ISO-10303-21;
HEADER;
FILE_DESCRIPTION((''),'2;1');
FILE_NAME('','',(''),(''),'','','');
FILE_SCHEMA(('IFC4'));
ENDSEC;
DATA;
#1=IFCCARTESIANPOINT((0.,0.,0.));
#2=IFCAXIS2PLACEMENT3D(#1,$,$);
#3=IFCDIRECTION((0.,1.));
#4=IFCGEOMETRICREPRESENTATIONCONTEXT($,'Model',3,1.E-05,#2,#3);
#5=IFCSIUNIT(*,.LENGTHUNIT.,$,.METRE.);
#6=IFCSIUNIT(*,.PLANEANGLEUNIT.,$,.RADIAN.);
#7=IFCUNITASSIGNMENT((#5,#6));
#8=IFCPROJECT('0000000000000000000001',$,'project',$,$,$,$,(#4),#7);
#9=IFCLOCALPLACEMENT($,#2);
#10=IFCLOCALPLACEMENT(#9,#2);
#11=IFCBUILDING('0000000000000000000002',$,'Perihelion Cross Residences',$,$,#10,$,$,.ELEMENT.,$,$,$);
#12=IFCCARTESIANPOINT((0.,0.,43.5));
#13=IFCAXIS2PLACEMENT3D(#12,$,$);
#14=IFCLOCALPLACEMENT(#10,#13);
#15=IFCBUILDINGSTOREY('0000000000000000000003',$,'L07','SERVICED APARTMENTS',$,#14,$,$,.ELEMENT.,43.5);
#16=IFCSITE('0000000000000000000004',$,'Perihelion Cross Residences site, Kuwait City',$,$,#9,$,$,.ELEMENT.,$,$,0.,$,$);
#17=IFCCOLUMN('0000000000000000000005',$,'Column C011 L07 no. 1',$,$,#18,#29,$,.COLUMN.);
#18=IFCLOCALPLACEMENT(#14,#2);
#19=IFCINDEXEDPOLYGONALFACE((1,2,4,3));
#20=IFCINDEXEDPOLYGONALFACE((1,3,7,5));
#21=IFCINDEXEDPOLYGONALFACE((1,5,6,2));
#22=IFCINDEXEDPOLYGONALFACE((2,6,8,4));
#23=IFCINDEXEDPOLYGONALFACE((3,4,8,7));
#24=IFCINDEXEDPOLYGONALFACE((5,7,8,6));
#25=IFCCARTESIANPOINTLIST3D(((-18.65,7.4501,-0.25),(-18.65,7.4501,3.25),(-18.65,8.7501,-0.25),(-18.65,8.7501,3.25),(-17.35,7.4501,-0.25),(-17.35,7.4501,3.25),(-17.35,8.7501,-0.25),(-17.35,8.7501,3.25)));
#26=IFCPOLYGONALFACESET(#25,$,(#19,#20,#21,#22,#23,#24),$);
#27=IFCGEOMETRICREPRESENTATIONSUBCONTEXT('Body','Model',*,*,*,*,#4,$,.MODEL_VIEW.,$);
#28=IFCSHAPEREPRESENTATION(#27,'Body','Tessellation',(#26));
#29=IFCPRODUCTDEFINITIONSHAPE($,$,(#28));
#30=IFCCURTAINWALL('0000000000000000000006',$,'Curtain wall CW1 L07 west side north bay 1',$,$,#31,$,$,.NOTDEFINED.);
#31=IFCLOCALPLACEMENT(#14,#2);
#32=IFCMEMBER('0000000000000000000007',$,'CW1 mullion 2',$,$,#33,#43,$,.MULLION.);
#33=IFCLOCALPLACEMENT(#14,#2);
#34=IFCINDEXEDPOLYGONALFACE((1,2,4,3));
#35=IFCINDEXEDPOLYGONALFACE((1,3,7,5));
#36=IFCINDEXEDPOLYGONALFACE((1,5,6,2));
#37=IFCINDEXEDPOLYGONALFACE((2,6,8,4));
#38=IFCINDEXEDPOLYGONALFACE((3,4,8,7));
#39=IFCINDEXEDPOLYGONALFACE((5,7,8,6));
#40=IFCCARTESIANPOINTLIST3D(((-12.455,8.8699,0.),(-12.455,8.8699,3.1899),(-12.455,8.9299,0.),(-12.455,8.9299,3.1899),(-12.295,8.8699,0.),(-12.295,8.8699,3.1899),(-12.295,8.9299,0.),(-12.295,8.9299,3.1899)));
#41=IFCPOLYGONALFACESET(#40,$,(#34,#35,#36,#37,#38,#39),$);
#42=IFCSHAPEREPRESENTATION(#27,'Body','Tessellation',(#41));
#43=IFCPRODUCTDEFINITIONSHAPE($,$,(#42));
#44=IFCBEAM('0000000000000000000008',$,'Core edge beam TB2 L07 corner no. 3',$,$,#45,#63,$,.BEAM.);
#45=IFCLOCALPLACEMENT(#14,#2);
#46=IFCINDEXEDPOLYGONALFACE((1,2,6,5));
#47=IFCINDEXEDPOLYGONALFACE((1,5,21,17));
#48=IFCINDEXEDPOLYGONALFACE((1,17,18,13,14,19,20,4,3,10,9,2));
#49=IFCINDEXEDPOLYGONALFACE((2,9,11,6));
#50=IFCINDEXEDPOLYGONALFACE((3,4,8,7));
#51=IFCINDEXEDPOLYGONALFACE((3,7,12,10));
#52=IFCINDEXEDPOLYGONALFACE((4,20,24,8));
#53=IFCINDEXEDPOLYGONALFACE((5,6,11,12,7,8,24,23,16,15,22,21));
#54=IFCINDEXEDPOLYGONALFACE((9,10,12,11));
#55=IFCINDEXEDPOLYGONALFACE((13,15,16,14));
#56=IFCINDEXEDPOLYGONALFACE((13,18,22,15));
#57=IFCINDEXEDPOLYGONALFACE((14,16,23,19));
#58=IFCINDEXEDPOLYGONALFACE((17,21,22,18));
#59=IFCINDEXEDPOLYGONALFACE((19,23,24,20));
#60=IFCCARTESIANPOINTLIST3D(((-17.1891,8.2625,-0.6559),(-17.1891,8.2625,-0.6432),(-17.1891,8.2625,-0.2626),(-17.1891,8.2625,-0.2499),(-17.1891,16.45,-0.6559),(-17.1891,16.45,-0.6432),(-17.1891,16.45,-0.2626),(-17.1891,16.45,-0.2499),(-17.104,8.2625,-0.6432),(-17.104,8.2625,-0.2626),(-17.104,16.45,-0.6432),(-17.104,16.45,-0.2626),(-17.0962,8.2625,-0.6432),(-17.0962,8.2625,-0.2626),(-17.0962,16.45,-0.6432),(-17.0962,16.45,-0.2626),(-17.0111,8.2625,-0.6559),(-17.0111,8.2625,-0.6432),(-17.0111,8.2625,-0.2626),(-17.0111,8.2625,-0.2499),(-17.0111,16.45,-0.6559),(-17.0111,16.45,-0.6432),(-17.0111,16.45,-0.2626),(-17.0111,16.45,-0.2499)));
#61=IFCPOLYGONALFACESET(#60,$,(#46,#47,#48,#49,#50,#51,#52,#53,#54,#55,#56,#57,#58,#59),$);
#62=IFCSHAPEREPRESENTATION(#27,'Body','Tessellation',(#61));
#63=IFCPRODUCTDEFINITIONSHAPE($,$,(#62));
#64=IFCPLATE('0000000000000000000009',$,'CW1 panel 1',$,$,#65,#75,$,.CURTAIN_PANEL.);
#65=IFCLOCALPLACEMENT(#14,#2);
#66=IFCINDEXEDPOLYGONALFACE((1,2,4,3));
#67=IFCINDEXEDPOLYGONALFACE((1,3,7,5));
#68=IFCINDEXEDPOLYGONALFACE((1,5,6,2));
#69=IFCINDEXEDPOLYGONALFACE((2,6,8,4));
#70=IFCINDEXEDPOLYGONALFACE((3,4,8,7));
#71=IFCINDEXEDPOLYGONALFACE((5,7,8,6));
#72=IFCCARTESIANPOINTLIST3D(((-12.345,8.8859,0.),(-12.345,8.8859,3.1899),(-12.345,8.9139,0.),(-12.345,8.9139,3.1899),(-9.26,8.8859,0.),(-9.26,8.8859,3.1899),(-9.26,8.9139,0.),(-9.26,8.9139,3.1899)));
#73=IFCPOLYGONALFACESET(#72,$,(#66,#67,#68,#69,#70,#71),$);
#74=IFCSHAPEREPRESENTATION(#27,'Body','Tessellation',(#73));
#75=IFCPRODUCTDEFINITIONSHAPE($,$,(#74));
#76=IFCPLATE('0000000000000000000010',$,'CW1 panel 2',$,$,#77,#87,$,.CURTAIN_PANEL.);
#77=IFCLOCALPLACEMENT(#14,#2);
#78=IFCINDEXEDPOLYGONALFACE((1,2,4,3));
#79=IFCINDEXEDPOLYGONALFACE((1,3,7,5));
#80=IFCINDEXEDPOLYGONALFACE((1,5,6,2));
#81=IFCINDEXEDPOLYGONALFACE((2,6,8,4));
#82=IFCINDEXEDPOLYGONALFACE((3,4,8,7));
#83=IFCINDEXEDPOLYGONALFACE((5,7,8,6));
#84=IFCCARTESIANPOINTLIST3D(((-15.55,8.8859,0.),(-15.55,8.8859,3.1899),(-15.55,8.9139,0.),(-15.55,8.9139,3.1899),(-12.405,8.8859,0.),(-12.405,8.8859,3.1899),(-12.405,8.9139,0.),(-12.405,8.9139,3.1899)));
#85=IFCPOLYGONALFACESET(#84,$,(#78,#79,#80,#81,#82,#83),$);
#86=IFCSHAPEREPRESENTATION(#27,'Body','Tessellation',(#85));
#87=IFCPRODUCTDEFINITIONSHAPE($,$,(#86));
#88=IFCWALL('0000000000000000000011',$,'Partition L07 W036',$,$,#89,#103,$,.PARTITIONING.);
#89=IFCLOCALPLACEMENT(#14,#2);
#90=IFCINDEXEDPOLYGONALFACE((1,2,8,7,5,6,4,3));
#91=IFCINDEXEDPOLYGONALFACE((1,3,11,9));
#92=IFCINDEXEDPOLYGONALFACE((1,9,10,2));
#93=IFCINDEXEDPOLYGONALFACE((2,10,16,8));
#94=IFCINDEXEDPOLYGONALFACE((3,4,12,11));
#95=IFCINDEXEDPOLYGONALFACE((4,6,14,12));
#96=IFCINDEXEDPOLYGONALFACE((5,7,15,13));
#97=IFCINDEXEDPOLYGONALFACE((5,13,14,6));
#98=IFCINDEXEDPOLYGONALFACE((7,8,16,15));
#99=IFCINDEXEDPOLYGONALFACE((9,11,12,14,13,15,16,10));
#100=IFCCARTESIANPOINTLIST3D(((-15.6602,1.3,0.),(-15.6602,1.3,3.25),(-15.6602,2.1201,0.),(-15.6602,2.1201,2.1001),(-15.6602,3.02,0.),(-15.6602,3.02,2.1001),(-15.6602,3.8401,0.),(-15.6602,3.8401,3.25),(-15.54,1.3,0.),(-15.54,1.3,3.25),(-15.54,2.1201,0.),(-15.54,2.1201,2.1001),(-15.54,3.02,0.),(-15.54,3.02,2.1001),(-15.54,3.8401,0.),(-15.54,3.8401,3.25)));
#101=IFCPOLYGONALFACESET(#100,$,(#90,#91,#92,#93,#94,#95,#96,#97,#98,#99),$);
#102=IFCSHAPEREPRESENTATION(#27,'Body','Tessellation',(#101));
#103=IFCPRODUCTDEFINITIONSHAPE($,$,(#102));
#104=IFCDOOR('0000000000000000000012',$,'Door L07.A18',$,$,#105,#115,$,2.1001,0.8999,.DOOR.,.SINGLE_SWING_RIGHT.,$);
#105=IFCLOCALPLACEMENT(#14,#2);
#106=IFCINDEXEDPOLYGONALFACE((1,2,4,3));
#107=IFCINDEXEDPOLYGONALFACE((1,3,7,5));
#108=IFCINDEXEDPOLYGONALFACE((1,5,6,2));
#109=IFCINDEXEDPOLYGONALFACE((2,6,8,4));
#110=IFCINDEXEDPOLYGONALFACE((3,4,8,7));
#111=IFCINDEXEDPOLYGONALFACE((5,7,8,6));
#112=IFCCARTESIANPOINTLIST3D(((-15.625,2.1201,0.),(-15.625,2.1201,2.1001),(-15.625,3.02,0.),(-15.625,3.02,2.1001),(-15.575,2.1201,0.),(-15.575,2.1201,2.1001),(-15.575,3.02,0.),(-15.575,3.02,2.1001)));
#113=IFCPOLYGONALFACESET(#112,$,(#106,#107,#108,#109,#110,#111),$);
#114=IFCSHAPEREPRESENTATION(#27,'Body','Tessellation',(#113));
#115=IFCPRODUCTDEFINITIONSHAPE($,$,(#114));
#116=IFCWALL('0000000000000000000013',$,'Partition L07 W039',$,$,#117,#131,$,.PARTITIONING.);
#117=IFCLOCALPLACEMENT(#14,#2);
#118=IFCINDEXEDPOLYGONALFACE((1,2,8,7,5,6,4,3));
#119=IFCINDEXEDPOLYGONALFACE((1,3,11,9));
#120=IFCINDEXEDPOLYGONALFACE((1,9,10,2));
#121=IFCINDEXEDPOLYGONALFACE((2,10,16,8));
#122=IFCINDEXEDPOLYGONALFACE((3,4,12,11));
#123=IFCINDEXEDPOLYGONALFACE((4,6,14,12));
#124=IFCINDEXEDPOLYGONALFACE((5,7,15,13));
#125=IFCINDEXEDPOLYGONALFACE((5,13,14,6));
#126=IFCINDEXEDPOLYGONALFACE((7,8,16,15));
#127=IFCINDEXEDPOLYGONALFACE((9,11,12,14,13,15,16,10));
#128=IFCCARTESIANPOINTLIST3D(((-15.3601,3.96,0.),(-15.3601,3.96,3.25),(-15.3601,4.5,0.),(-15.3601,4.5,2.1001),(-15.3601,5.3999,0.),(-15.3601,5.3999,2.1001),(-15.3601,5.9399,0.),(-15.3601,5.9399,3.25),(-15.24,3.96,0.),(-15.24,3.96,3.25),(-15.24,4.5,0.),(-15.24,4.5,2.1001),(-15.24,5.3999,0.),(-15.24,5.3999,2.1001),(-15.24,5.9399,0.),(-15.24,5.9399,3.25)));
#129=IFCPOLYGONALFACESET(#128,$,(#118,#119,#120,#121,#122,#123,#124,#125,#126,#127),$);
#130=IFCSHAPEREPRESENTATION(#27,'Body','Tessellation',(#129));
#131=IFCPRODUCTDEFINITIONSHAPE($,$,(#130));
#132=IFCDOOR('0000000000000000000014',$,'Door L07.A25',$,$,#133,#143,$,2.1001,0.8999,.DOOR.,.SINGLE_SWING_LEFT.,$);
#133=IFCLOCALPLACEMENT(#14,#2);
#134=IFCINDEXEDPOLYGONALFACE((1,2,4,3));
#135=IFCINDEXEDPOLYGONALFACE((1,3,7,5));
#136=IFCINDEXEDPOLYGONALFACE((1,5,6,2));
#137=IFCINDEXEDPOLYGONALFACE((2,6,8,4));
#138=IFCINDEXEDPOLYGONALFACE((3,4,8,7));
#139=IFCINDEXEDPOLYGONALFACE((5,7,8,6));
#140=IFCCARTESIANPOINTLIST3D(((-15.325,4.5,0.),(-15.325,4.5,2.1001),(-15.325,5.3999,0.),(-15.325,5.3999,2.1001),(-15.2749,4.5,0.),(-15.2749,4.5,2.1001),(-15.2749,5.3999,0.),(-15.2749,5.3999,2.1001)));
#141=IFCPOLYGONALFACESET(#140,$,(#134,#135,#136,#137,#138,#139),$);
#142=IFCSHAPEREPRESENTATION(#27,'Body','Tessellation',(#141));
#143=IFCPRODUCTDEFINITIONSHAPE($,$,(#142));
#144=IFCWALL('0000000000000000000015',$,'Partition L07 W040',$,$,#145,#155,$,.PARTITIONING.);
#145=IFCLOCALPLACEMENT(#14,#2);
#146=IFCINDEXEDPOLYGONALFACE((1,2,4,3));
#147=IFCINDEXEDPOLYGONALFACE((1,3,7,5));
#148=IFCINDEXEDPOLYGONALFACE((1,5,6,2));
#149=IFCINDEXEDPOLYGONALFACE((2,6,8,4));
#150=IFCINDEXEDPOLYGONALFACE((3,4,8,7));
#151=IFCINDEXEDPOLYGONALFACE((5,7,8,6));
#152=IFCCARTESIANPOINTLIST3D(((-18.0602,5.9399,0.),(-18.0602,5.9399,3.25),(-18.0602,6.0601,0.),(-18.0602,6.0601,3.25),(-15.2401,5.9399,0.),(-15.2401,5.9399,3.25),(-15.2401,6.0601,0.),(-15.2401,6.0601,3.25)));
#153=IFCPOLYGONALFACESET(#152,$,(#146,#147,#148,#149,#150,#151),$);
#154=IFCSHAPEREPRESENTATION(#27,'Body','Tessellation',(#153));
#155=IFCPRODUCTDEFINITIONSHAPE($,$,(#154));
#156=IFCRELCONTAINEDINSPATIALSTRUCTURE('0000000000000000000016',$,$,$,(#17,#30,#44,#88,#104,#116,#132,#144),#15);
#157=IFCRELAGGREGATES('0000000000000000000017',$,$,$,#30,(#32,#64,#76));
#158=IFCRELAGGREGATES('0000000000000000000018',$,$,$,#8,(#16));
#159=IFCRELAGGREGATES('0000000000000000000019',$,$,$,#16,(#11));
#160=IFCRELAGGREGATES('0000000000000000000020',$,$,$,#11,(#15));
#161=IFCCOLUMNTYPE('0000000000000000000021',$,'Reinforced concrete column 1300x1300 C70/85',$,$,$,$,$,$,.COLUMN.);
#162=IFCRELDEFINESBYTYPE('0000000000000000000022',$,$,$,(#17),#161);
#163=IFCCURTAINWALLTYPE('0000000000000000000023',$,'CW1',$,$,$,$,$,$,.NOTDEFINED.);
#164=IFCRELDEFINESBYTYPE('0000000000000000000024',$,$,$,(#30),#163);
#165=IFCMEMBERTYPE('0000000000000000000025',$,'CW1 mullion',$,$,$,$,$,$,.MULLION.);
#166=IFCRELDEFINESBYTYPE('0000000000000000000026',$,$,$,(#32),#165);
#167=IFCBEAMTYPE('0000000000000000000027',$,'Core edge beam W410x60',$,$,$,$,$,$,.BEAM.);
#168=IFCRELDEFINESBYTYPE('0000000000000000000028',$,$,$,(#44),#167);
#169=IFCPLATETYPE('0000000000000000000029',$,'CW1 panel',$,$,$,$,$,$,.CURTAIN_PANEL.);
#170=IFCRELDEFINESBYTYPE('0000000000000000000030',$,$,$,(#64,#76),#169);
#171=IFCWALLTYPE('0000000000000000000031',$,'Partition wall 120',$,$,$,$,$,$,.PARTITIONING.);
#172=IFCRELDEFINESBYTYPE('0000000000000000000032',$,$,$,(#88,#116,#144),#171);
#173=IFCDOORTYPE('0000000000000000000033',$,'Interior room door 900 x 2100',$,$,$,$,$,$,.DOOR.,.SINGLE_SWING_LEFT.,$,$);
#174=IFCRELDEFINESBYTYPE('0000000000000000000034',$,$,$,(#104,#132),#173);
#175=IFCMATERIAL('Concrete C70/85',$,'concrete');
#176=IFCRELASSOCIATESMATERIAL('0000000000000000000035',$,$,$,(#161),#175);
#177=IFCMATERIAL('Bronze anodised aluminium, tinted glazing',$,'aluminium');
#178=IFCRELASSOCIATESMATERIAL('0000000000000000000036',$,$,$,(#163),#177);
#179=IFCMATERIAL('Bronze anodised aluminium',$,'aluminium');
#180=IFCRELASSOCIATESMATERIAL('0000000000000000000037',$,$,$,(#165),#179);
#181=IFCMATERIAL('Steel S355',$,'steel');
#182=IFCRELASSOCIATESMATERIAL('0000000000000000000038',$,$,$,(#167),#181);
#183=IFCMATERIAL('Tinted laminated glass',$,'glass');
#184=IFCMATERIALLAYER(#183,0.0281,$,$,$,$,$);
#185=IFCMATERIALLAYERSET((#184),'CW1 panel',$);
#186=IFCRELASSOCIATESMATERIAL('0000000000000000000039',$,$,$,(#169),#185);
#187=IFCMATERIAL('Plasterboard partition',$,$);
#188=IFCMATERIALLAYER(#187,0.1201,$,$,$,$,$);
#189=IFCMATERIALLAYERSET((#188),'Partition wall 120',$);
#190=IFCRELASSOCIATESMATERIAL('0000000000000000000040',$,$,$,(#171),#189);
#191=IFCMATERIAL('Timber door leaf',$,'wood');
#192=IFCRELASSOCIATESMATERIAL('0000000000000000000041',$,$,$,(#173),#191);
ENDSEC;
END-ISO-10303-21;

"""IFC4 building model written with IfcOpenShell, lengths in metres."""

from ifc_helpers import new_model, si_unit, direction, frame, frame_2d, origin, origin_2d, place, context, subcontext, project, spatial, rectangle, i_section, extrude, material, layer, layer_set, material_profile, profile_set, type_object, element, fill, aggregate, save


model = new_model("IFC4")

# Units and contexts
model_context = context("Model", 3, precision=1e-05, world=origin(), true_north=direction((0.0, 1.0)))
body_context = subcontext(model_context, "Body", "Model", "MODEL_VIEW")
ifc_project = project(units=[si_unit("LENGTHUNIT", "METRE"), si_unit("PLANEANGLEUNIT", "RADIAN")], contexts=[model_context])

# Site, building, storey
site_placement = place(None, origin())
site = spatial("IfcSite", under=ifc_project, at=site_placement, Name="Perihelion Cross Residences site, Kuwait City", CompositionType="ELEMENT", RefElevation=0.0)
building_placement = place(site_placement, origin())
building = spatial("IfcBuilding", under=site, at=building_placement, Name="Perihelion Cross Residences", CompositionType="ELEMENT")
storey_placement = place(building_placement, frame((0.0, 0.0, 43.5)))
storey = spatial("IfcBuildingStorey", under=building, at=storey_placement, Name="L07", Description="SERVICED APARTMENTS", CompositionType="ELEMENT", Elevation=43.5)

# Column
ifc_material_1 = material(Name="Concrete C70/85", Category="concrete")
ifc_material_profile_1 = material_profile(ifc_material_1, rectangle(XDim=1.3, YDim=1.3, at=origin_2d()), Name="RC 1300x1300")
ifc_profile_set_1 = profile_set([ifc_material_profile_1], Name="Concrete C70/85")
column_type = type_object("IfcColumnType", Name="Reinforced concrete column 1300x1300 C70/85", PredefinedType="COLUMN", material=ifc_profile_set_1)
column_placement = place(storey_placement, frame((-18.0, 8.1001, -0.25), z_axis=(0.0, 0.0, 1.0), x_axis=(1.0, 0.0, 0.0)))
element("IfcColumn", 1, at=column_placement, inside=storey, type_object=column_type, Name="Column C011 L07 no. 1", PredefinedType="COLUMN", context=body_context, shape_type="SweptSolid", body=[
    extrude(rectangle(XDim=1.3, YDim=1.3, at=origin_2d()), origin(), (0.0, 0.0, 1.0), 3.5),
])

# Curtain wall, member
ifc_material_2 = material(Name="Bronze anodised aluminium, tinted glazing", Category="aluminium")
curtain_wall_type = type_object("IfcCurtainWallType", Name="CW1", PredefinedType="NOTDEFINED", material=ifc_material_2)
curtain_wall_placement = place(storey_placement, origin())
curtain_wall = element("IfcCurtainWall", 2, at=curtain_wall_placement, inside=storey, type_object=curtain_wall_type, Name="Curtain wall CW1 L07 west side north bay 1", PredefinedType="NOTDEFINED")
ifc_material_3 = material(Name="Bronze anodised aluminium", Category="aluminium")
ifc_material_profile_2 = material_profile(ifc_material_3, rectangle(XDim=0.0601, YDim=0.1599, at=origin_2d()), Name="CW1 mullion")
ifc_profile_set_2 = profile_set([ifc_material_profile_2], Name="Bronze anodised aluminium")
member_type = type_object("IfcMemberType", Name="CW1 mullion", PredefinedType="MULLION", material=ifc_profile_set_2)
member_placement = place(storey_placement, frame((-12.375, 8.8999, 0.0), z_axis=(0.0, 0.0, 1.0), x_axis=(0.0, -1.0, 0.0)))
member = element("IfcMember", 3, at=member_placement, type_object=member_type, Name="CW1 mullion 2", PredefinedType="MULLION", context=body_context, shape_type="SweptSolid", body=[
    extrude(rectangle(XDim=0.0601, YDim=0.1599, at=origin_2d()), origin(), (0.0, 0.0, 1.0), 3.1899),
])

# Beam
ifc_material_4 = material(Name="Steel S355", Category="steel")
ifc_material_profile_3 = material_profile(ifc_material_4, i_section(OverallWidth=0.178, OverallDepth=0.406, WebThickness=0.0078, FlangeThickness=0.0127, at=origin_2d()), Name="W410x60")
ifc_profile_set_3 = profile_set([ifc_material_profile_3], Name="Steel S355")
beam_type = type_object("IfcBeamType", Name="Core edge beam W410x60", PredefinedType="BEAM", material=ifc_profile_set_3)
beam_placement = place(storey_placement, frame((-17.1001, 8.2625, -0.4529), z_axis=(0.0, 1.0, 0.0), x_axis=(-1.0, 0.0, 0.0)))
element("IfcBeam", 4, at=beam_placement, inside=storey, type_object=beam_type, Name="Core edge beam TB2 L07 corner no. 3", PredefinedType="BEAM", context=body_context, shape_type="SweptSolid", body=[
    extrude(i_section(OverallWidth=0.178, OverallDepth=0.406, WebThickness=0.0078, FlangeThickness=0.0127, at=origin_2d()), origin(), (0.0, 0.0, 1.0), 8.1875),
])

# Plates
ifc_material_5 = material(Name="Tinted laminated glass", Category="glass")
ifc_layer_1 = layer(ifc_material_5, 0.0281)
ifc_layer_set_1 = layer_set([ifc_layer_1], Name="CW1 panel")
plate_type = type_object("IfcPlateType", Name="CW1 panel", PredefinedType="CURTAIN_PANEL", material=ifc_layer_set_1)
plate_1_placement = place(storey_placement, frame((-10.8025, 8.8999, 0.0), z_axis=(0.0, 0.0, 1.0), x_axis=(-1.0, 0.0, 0.0)))
plate_1 = element("IfcPlate", 5, at=plate_1_placement, type_object=plate_type, Name="CW1 panel 1", PredefinedType="CURTAIN_PANEL", context=body_context, shape_type="SweptSolid", body=[
    extrude(rectangle(XDim=3.085, YDim=0.0281, at=origin_2d()), origin(), (0.0, 0.0, 1.0), 3.1899),
])
plate_2_placement = place(storey_placement, frame((-13.9775, 8.8999, 0.0), z_axis=(0.0, 0.0, 1.0), x_axis=(-1.0, 0.0, 0.0)))
plate_2 = element("IfcPlate", 6, at=plate_2_placement, type_object=plate_type, Name="CW1 panel 2", PredefinedType="CURTAIN_PANEL", context=body_context, shape_type="SweptSolid", body=[
    extrude(rectangle(XDim=3.145, YDim=0.0281, at=origin_2d()), origin(), (0.0, 0.0, 1.0), 3.1899),
])
aggregate(curtain_wall, [member, plate_1, plate_2])

# Walls, openings, doors
ifc_material_6 = material(Name="Plasterboard partition")
ifc_layer_2 = layer(ifc_material_6, 0.1201)
ifc_layer_set_2 = layer_set([ifc_layer_2], Name="Partition wall 120")
wall_type_1 = type_object("IfcWallType", Name="Partition wall 120", PredefinedType="PARTITIONING", material=ifc_layer_set_2)
wall_1_placement = place(storey_placement, frame((-15.6001, 1.3, 0.0), z_axis=(0.0, 0.0, 1.0), x_axis=(0.0, 1.0, 0.0)))
wall_1 = element("IfcWall", 7, at=wall_1_placement, inside=storey, type_object=wall_type_1, Name="Partition L07 W036", PredefinedType="PARTITIONING", context=body_context, shape_type="SweptSolid", body=[
    extrude(rectangle(XDim=2.54, YDim=0.1201, at=frame_2d((1.27, 0.0))), origin(), (0.0, 0.0, 1.0), 3.25),
])
opening_1_placement = place(wall_1_placement, frame((0.8201, 0.0, 0.0)))
opening_1 = element("IfcOpeningElement", 8, at=opening_1_placement, cuts=wall_1, PredefinedType="OPENING", context=body_context, shape_type="SweptSolid", body=[
    extrude(rectangle(XDim=0.8999, YDim=2.1001, at=frame_2d((0.45, 1.05))), frame((0.0, 0.0701, 0.0), z_axis=(0.0, -1.0, 0.0), x_axis=(1.0, 0.0, 0.0)), (0.0, 0.0, 1.0), 0.1401),
])
ifc_material_7 = material(Name="Timber door leaf", Category="wood")
door_type_1 = type_object("IfcDoorType", Name="Interior room door 900 x 2100", OperationType="SINGLE_SWING_LEFT", PredefinedType="DOOR", material=ifc_material_7)
door_1_placement = place(opening_1_placement, origin())
door_1 = element("IfcDoor", 9, at=door_1_placement, inside=storey, type_object=door_type_1, Name="Door L07.A18", OperationType="SINGLE_SWING_RIGHT", OverallHeight=2.1001, OverallWidth=0.8999, PredefinedType="DOOR", context=body_context, shape_type="SweptSolid", body=[
    extrude(rectangle(XDim=0.8999, YDim=2.1001, at=frame_2d((0.45, 1.05))), frame((0.0, 0.0249, 0.0), z_axis=(0.0, -1.0, 0.0), x_axis=(1.0, 0.0, 0.0)), (0.0, 0.0, 1.0), 0.05),
])
fill(opening_1, door_1)
wall_2_placement = place(storey_placement, frame((-15.3, 3.96, 0.0), z_axis=(0.0, 0.0, 1.0), x_axis=(0.0, 1.0, 0.0)))
wall_2 = element("IfcWall", 10, at=wall_2_placement, inside=storey, type_object=wall_type_1, Name="Partition L07 W039", PredefinedType="PARTITIONING", context=body_context, shape_type="SweptSolid", body=[
    extrude(rectangle(XDim=1.98, YDim=0.1201, at=frame_2d((0.99, 0.0))), origin(), (0.0, 0.0, 1.0), 3.25),
])
opening_2_placement = place(wall_2_placement, frame((0.54, 0.0, 0.0)))
opening_2 = element("IfcOpeningElement", 11, at=opening_2_placement, cuts=wall_2, PredefinedType="OPENING", context=body_context, shape_type="SweptSolid", body=[
    extrude(rectangle(XDim=0.8999, YDim=2.1001, at=frame_2d((0.45, 1.05))), frame((0.0, 0.0701, 0.0), z_axis=(0.0, -1.0, 0.0), x_axis=(1.0, 0.0, 0.0)), (0.0, 0.0, 1.0), 0.1401),
])
door_2_placement = place(opening_2_placement, origin())
door_2 = element("IfcDoor", 12, at=door_2_placement, inside=storey, type_object=door_type_1, Name="Door L07.A25", OperationType="SINGLE_SWING_LEFT", OverallHeight=2.1001, OverallWidth=0.8999, PredefinedType="DOOR", context=body_context, shape_type="SweptSolid", body=[
    extrude(rectangle(XDim=0.8999, YDim=2.1001, at=frame_2d((0.45, 1.05))), frame((0.0, 0.0249, 0.0), z_axis=(0.0, -1.0, 0.0), x_axis=(1.0, 0.0, 0.0)), (0.0, 0.0, 1.0), 0.05),
])
fill(opening_2, door_2)

# Wall
wall_3_placement = place(storey_placement, frame((-15.24, 6.0, 0.0), z_axis=(0.0, 0.0, 1.0), x_axis=(-1.0, 0.0, 0.0)))
element("IfcWall", 13, at=wall_3_placement, inside=storey, type_object=wall_type_1, Name="Partition L07 W040", PredefinedType="PARTITIONING", context=body_context, shape_type="SweptSolid", body=[
    extrude(rectangle(XDim=2.8201, YDim=0.1201, at=frame_2d((1.4102, 0.0))), origin(), (0.0, 0.0, 1.0), 3.25),
])

save(model, "model.ifc")
